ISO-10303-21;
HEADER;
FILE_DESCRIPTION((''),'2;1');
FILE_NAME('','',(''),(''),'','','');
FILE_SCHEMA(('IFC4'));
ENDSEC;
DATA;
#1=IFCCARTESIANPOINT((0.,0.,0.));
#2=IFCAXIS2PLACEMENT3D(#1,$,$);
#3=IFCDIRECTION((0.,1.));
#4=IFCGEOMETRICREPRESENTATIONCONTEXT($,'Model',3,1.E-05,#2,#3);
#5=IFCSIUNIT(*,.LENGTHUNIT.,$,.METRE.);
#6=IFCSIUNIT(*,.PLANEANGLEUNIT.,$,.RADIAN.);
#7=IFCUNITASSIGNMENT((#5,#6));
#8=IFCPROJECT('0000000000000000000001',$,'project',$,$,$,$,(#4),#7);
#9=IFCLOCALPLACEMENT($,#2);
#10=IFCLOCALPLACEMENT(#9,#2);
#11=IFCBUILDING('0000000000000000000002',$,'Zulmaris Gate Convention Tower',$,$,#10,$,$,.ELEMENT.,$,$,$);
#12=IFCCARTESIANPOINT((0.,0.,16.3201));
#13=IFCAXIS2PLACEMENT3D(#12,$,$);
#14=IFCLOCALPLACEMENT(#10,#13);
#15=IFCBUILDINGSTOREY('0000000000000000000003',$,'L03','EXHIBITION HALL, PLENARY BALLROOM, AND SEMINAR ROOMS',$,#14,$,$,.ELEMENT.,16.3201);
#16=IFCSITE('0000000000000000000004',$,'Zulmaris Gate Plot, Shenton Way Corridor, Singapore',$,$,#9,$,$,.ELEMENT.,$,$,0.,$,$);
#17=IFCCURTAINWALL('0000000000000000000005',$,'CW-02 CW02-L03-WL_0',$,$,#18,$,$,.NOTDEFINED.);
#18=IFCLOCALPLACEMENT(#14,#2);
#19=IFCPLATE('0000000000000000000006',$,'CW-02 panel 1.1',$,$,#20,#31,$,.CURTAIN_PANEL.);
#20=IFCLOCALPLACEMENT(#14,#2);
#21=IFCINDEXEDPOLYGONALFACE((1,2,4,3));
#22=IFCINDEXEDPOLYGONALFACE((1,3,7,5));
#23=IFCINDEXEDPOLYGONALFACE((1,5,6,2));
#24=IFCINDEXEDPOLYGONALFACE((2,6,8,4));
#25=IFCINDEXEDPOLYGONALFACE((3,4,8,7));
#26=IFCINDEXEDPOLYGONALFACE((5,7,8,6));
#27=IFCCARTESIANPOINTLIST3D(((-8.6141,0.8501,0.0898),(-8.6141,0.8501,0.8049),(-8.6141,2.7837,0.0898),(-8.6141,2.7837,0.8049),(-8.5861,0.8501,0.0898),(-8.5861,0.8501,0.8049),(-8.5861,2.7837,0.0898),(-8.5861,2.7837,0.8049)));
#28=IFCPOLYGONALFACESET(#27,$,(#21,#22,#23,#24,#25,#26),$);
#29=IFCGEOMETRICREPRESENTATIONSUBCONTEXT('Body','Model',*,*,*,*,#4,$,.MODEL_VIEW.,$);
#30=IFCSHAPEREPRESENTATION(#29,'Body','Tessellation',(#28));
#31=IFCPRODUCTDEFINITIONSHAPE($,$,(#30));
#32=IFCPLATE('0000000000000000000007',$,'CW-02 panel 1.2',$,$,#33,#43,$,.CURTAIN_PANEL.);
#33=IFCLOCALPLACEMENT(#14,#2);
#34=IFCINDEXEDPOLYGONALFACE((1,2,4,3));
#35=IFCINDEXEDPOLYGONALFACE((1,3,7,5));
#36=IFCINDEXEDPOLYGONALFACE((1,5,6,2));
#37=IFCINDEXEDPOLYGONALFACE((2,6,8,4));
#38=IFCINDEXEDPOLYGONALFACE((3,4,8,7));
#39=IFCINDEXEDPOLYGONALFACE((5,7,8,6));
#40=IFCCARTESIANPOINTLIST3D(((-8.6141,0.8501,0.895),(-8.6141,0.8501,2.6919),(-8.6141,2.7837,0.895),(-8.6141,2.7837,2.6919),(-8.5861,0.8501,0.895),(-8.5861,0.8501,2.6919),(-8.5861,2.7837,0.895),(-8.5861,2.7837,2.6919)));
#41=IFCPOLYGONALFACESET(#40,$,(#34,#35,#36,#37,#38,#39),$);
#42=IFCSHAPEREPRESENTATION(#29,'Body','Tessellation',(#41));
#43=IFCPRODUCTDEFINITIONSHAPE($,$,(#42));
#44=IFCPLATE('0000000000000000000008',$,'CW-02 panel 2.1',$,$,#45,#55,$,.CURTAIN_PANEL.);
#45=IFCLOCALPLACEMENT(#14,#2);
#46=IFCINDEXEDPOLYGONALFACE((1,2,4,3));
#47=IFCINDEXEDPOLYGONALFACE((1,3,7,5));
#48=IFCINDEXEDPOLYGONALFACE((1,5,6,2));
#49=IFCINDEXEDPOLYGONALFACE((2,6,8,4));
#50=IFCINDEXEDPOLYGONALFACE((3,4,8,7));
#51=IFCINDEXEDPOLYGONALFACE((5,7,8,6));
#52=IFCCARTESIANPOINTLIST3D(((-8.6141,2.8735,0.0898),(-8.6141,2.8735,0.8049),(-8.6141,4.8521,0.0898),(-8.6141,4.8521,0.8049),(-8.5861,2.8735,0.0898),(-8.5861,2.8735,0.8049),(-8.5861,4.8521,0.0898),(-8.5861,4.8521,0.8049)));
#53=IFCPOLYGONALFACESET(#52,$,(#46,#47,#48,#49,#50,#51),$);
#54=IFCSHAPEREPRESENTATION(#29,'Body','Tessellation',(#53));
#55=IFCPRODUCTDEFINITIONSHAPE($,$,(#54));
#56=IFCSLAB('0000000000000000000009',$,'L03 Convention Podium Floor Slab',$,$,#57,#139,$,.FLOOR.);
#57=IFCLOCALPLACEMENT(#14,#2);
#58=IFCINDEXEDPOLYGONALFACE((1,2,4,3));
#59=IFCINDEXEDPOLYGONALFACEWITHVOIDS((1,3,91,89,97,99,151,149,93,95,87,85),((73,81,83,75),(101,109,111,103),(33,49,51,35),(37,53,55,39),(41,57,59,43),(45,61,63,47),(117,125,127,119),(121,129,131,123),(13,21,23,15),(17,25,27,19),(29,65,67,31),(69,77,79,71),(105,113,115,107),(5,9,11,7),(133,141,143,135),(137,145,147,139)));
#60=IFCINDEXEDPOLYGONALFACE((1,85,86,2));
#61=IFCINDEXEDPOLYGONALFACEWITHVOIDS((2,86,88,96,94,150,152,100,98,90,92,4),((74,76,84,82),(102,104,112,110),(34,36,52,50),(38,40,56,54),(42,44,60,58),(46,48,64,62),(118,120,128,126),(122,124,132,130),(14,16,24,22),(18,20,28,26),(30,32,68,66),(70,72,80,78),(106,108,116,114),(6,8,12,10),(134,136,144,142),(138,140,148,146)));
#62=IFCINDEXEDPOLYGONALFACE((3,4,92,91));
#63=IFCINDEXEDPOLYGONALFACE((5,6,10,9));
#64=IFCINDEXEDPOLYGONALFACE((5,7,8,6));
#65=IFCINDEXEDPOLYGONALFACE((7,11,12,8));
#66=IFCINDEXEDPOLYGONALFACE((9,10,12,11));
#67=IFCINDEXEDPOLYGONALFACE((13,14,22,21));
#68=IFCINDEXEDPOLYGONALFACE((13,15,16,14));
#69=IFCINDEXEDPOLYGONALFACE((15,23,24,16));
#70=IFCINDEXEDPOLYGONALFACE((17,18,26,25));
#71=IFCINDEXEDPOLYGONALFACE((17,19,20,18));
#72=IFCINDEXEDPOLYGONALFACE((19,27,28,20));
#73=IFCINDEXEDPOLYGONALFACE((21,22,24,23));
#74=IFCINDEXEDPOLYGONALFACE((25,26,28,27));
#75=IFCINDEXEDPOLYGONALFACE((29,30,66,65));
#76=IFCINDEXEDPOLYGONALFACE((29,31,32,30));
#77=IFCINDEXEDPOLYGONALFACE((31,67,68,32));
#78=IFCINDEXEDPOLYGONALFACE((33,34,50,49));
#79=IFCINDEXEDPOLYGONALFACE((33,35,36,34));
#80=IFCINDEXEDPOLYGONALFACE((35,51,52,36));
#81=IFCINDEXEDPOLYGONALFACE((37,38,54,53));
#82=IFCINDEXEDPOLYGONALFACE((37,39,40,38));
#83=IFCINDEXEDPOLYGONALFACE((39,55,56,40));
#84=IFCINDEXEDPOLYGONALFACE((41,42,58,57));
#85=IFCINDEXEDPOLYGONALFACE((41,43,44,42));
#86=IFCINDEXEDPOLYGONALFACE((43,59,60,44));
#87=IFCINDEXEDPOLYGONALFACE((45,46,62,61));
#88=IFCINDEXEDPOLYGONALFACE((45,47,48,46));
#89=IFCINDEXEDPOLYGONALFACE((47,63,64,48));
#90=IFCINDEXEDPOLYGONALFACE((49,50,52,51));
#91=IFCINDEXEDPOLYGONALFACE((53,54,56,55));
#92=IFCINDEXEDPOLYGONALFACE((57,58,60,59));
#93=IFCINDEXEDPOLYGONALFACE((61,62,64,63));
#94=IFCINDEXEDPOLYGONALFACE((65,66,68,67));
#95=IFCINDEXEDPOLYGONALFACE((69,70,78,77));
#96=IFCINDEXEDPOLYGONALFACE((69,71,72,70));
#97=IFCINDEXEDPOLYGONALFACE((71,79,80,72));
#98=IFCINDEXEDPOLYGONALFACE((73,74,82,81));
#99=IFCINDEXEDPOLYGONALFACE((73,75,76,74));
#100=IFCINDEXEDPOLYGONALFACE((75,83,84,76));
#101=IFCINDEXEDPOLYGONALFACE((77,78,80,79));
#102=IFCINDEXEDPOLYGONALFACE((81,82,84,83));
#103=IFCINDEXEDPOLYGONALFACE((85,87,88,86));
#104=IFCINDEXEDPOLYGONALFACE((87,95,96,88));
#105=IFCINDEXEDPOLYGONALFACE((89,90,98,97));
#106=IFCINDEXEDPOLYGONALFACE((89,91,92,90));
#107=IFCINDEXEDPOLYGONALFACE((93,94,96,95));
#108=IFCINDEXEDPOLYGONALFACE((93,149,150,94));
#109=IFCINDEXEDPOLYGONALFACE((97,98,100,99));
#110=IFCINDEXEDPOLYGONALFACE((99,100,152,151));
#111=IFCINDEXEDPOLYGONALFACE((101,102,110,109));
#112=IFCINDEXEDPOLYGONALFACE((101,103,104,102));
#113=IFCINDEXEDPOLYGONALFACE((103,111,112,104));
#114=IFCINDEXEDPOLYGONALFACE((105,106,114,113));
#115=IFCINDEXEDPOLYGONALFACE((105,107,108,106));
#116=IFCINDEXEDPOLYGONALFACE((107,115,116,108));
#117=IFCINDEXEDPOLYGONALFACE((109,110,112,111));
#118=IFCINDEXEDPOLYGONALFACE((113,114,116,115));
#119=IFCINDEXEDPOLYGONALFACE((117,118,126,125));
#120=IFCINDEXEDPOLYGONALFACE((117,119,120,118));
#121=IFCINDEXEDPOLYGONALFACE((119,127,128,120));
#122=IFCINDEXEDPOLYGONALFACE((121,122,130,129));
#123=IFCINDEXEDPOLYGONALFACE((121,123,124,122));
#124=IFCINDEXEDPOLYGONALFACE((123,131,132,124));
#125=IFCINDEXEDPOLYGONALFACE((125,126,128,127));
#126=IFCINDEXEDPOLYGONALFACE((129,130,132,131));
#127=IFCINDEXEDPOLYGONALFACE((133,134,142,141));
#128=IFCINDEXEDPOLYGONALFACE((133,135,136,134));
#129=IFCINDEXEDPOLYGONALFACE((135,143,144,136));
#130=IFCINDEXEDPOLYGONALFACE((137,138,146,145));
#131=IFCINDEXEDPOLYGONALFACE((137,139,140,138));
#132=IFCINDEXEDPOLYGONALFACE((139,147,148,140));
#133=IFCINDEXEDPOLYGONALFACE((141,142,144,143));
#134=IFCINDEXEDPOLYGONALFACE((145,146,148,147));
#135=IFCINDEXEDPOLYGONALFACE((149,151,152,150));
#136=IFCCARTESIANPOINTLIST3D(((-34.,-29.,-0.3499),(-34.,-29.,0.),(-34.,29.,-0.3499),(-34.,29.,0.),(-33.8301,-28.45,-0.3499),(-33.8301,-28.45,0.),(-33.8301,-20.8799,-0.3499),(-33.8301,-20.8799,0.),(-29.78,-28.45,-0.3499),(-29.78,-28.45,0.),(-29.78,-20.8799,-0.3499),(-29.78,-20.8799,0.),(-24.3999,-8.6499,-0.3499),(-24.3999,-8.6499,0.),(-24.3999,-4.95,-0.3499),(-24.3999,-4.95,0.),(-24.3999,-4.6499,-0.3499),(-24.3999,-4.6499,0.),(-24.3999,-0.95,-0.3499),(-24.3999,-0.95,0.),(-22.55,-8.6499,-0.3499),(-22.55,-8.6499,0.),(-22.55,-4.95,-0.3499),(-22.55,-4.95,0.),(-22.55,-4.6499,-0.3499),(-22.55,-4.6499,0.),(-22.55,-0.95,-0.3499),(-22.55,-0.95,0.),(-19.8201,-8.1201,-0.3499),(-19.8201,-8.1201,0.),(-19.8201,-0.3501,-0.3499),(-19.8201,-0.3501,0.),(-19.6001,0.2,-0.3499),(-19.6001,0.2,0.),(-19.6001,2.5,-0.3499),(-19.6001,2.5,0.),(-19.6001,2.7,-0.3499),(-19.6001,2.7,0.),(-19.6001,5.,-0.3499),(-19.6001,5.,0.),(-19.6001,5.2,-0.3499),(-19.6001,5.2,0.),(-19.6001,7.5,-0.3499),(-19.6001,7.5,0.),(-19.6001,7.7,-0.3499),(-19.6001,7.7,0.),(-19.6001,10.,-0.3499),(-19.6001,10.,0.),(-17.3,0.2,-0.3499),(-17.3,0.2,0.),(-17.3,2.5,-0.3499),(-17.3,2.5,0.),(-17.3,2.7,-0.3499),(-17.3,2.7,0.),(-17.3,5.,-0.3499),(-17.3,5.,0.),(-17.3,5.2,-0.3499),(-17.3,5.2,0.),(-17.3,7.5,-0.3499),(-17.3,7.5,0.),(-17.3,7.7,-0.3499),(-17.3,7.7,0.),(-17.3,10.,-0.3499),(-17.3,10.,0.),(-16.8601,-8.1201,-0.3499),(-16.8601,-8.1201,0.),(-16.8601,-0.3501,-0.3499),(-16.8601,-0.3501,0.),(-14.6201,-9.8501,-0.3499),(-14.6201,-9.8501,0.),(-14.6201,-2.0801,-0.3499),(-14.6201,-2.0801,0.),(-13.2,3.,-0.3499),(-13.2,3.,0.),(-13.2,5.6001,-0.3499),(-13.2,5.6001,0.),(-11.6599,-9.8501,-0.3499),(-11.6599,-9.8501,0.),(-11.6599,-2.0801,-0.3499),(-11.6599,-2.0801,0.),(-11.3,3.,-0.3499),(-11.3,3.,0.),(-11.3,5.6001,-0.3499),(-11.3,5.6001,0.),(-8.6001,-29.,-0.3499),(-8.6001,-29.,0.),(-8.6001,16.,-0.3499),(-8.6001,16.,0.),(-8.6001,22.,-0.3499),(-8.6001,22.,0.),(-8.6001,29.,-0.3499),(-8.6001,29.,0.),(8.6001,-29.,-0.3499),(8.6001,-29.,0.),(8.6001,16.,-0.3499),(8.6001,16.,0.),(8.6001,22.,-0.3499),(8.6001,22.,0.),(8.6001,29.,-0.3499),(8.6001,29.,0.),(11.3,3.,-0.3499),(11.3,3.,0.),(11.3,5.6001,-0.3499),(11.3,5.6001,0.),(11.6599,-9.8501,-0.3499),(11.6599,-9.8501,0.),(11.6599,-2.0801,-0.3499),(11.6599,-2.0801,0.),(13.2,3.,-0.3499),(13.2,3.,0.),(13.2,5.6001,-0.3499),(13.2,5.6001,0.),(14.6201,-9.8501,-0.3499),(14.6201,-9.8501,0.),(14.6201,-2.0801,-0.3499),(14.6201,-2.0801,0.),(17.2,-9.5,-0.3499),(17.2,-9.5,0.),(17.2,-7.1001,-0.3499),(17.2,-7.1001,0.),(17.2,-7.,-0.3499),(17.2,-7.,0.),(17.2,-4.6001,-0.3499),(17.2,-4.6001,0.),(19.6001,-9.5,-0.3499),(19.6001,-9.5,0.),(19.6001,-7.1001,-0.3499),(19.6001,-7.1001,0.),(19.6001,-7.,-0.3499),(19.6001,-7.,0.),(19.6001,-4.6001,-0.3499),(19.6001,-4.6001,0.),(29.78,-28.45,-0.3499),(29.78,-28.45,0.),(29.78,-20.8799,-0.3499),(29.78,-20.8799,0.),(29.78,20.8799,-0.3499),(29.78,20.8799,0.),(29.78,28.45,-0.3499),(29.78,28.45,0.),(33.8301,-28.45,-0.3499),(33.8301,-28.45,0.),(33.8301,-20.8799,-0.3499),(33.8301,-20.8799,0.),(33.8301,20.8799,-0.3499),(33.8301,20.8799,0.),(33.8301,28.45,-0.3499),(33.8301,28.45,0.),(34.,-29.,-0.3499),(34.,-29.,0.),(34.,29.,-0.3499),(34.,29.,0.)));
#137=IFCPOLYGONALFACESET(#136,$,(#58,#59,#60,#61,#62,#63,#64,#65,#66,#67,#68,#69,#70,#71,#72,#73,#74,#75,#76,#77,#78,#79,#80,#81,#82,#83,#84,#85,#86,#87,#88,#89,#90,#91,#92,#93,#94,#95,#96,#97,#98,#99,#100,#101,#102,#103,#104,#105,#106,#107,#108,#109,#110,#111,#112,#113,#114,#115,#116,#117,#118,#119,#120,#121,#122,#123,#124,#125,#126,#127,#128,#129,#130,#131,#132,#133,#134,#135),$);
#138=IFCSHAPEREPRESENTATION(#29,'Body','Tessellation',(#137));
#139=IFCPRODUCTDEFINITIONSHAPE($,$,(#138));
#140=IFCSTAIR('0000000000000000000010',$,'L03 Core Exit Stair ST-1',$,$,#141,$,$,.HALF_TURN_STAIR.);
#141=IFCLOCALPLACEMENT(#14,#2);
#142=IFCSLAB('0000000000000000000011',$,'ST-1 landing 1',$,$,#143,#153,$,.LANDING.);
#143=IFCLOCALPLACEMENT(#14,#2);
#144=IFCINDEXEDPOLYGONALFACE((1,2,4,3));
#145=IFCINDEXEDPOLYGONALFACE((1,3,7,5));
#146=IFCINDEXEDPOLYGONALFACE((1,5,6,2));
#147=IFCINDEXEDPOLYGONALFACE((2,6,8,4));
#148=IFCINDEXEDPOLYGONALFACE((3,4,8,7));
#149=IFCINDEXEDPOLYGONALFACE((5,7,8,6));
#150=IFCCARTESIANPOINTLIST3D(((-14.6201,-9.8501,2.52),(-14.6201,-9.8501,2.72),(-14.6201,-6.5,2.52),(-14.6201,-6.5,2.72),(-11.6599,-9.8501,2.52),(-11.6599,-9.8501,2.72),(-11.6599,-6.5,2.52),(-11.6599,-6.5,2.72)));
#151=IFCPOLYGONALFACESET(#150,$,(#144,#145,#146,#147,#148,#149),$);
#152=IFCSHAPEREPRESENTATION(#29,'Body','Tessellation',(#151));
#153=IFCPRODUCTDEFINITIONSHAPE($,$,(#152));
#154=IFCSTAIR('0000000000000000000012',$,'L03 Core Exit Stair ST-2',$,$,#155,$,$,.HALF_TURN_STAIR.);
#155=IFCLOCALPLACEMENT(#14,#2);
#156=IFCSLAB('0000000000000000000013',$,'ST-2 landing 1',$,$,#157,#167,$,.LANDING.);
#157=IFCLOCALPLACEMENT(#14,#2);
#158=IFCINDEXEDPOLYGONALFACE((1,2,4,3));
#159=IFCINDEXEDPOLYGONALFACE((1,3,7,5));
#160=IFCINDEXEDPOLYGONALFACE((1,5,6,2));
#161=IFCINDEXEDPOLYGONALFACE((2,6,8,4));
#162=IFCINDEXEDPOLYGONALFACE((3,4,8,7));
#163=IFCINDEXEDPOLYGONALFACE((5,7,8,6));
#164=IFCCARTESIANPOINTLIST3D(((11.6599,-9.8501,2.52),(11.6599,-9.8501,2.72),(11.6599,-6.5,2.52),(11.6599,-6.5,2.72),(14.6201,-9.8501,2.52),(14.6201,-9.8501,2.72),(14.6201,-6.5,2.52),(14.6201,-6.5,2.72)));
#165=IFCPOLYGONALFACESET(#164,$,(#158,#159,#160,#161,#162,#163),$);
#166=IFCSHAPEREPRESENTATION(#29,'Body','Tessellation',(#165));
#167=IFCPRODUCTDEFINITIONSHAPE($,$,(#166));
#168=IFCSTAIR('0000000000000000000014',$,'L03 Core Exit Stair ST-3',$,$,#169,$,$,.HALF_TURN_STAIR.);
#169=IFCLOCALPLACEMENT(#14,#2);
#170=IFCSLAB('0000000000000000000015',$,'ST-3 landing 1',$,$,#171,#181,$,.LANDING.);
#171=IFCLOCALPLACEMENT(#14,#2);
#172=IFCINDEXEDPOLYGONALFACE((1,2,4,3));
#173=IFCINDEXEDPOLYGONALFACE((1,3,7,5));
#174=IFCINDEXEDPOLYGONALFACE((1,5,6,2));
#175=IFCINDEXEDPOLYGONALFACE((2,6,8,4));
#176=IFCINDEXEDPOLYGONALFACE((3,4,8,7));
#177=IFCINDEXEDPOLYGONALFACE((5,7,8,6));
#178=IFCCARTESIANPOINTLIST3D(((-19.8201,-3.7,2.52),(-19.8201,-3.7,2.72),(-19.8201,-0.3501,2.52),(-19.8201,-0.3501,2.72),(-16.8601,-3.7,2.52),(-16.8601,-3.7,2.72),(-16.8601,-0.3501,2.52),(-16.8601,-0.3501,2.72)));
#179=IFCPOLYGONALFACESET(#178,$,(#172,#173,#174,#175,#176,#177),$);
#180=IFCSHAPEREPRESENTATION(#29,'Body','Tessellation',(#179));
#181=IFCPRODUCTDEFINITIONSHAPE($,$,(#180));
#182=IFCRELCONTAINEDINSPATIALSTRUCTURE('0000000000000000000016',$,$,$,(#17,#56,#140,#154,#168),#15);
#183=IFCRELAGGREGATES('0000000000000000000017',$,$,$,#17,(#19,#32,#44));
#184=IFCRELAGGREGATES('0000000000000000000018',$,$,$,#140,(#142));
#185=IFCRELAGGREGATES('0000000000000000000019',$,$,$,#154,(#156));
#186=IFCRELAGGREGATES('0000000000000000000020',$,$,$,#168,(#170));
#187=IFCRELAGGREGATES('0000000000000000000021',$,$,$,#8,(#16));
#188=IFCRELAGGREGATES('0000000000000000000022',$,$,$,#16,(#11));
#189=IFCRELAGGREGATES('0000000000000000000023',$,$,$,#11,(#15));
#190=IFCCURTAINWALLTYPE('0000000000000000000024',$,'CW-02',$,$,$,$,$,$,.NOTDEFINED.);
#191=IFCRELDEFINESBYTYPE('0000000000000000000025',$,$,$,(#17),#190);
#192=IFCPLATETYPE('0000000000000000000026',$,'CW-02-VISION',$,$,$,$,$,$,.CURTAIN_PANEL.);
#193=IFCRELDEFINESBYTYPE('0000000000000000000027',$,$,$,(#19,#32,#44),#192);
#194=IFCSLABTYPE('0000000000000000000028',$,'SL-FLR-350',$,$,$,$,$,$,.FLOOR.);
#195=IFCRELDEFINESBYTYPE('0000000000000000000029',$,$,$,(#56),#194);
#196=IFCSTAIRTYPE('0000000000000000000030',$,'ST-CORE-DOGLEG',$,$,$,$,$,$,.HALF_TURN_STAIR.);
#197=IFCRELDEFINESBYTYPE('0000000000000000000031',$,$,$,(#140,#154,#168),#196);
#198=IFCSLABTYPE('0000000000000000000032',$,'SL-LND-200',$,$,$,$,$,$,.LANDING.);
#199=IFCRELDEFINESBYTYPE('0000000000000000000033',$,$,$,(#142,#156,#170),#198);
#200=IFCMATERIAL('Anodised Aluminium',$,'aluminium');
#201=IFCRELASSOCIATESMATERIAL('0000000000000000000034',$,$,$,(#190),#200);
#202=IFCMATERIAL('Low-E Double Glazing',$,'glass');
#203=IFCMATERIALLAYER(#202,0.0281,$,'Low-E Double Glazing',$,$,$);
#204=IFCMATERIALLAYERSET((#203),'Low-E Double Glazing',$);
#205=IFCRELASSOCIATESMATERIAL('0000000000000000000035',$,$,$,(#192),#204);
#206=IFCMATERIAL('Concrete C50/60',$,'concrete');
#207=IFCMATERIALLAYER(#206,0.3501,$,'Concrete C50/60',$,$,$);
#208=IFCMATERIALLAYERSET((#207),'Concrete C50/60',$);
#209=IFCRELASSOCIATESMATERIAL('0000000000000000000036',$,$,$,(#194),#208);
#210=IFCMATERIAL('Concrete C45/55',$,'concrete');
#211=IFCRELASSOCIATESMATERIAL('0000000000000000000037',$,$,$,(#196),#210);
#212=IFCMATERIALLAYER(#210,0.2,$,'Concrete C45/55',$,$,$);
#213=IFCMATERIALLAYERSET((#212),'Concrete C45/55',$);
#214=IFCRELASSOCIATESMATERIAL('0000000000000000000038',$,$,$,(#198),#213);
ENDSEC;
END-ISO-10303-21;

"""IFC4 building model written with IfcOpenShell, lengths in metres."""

from ifc_helpers import new_model, si_unit, direction, frame, origin, origin_2d, place, context, subcontext, project, spatial, polyline, rectangle, outline, extrude, material, layer, layer_set, type_object, element, aggregate, save


model = new_model("IFC4")

# Units and contexts
model_context = context("Model", 3, precision=1e-05, world=origin(), true_north=direction((0.0, 1.0)))
body_context = subcontext(model_context, "Body", "Model", "MODEL_VIEW")
ifc_project = project(units=[si_unit("LENGTHUNIT", "METRE"), si_unit("PLANEANGLEUNIT", "RADIAN")], contexts=[model_context])

# Site, building, storey
site_placement = place(None, origin())
site = spatial("IfcSite", under=ifc_project, at=site_placement, Name="Zulmaris Gate Plot, Shenton Way Corridor, Singapore", CompositionType="ELEMENT", RefElevation=0.0)
building_placement = place(site_placement, origin())
building = spatial("IfcBuilding", under=site, at=building_placement, Name="Zulmaris Gate Convention Tower", CompositionType="ELEMENT")
storey_placement = place(building_placement, frame((0.0, 0.0, 16.3201)))
storey = spatial("IfcBuildingStorey", under=building, at=storey_placement, Name="L03", Description="EXHIBITION HALL, PLENARY BALLROOM, AND SEMINAR ROOMS", CompositionType="ELEMENT", Elevation=16.3201)

# Curtain wall, plates
ifc_material_1 = material(Name="Anodised Aluminium", Category="aluminium")
curtain_wall_type = type_object("IfcCurtainWallType", Name="CW-02", PredefinedType="NOTDEFINED", material=ifc_material_1)
curtain_wall_placement = place(storey_placement, origin())
curtain_wall = element("IfcCurtainWall", 1, at=curtain_wall_placement, inside=storey, type_object=curtain_wall_type, Name="CW-02 CW02-L03-WL_0", PredefinedType="NOTDEFINED")
ifc_material_2 = material(Name="Low-E Double Glazing", Category="glass")
ifc_layer_1 = layer(ifc_material_2, 0.0281, Name="Low-E Double Glazing")
ifc_layer_set_1 = layer_set([ifc_layer_1], Name="Low-E Double Glazing")
plate_type = type_object("IfcPlateType", Name="CW-02-VISION", PredefinedType="CURTAIN_PANEL", material=ifc_layer_set_1)
plate_1_placement = place(storey_placement, frame((-8.6001, 1.8169, 0.0898), z_axis=(0.0, 0.0, 1.0), x_axis=(0.0, 1.0, 0.0)))
plate_1 = element("IfcPlate", 2, at=plate_1_placement, type_object=plate_type, Name="CW-02 panel 1.1", PredefinedType="CURTAIN_PANEL", context=body_context, shape_type="SweptSolid", body=[
    extrude(rectangle(XDim=1.9336, YDim=0.0281, at=origin_2d()), origin(), (0.0, 0.0, 1.0), 0.7151),
])
plate_2_placement = place(storey_placement, frame((-8.6001, 1.8169, 0.895), z_axis=(0.0, 0.0, 1.0), x_axis=(0.0, 1.0, 0.0)))
plate_2 = element("IfcPlate", 3, at=plate_2_placement, type_object=plate_type, Name="CW-02 panel 1.2", PredefinedType="CURTAIN_PANEL", context=body_context, shape_type="SweptSolid", body=[
    extrude(rectangle(XDim=1.9336, YDim=0.0281, at=origin_2d()), origin(), (0.0, 0.0, 1.0), 1.7969),
])
plate_3_placement = place(storey_placement, frame((-8.6001, 3.8628, 0.0898), z_axis=(0.0, 0.0, 1.0), x_axis=(0.0, 1.0, 0.0)))
plate_3 = element("IfcPlate", 4, at=plate_3_placement, type_object=plate_type, Name="CW-02 panel 2.1", PredefinedType="CURTAIN_PANEL", context=body_context, shape_type="SweptSolid", body=[
    extrude(rectangle(XDim=1.9785, YDim=0.0281, at=origin_2d()), origin(), (0.0, 0.0, 1.0), 0.7151),
])
aggregate(curtain_wall, [plate_1, plate_2, plate_3])

# Slab
ifc_material_3 = material(Name="Concrete C50/60", Category="concrete")
ifc_layer_2 = layer(ifc_material_3, 0.3501, Name="Concrete C50/60")
ifc_layer_set_2 = layer_set([ifc_layer_2], Name="Concrete C50/60")
slab_type_1 = type_object("IfcSlabType", Name="SL-FLR-350", PredefinedType="FLOOR", material=ifc_layer_set_2)
slab_1_placement = place(storey_placement, frame((0.0, 0.0, -0.3499)))
element("IfcSlab", 5, at=slab_1_placement, inside=storey, type_object=slab_type_1, Name="L03 Convention Podium Floor Slab", PredefinedType="FLOOR", context=body_context, shape_type="SweptSolid", body=[
    extrude(outline(polyline([(-34.0, -29.0), (-8.6001, -29.0), (-8.6001, 16.0), (8.6001, 16.0), (8.6001, -29.0), (34.0, -29.0), (34.0, 29.0), (8.6001, 29.0), (8.6001, 22.0), (-8.6001, 22.0), (-8.6001, 29.0), (-34.0, 29.0), (-34.0, -29.0)]), holes=[polyline([(-14.6201, -2.0801), (-14.6201, -9.8501), (-11.6599, -9.8501), (-11.6599, -2.0801), (-14.6201, -2.0801)]), polyline([(11.6599, -2.0801), (11.6599, -9.8501), (14.6201, -9.8501), (14.6201, -2.0801), (11.6599, -2.0801)]), polyline([(-16.8601, -8.1201), (-16.8601, -0.3501), (-19.8201, -0.3501), (-19.8201, -8.1201), (-16.8601, -8.1201)]), polyline([(-33.8301, -20.8799), (-33.8301, -28.45), (-29.78, -28.45), (-29.78, -20.8799), (-33.8301, -20.8799)]), polyline([(33.8301, 20.8799), (33.8301, 28.45), (29.78, 28.45), (29.78, 20.8799), (33.8301, 20.8799)]), polyline([(29.78, -20.8799), (29.78, -28.45), (33.8301, -28.45), (33.8301, -20.8799), (29.78, -20.8799)]), polyline([(-13.2, 3.0), (-11.3, 3.0), (-11.3, 5.6001), (-13.2, 5.6001), (-13.2, 3.0)]), polyline([(11.3, 3.0), (13.2, 3.0), (13.2, 5.6001), (11.3, 5.6001), (11.3, 3.0)]), polyline([(-19.6001, 0.2), (-17.3, 0.2), (-17.3, 2.5), (-19.6001, 2.5), (-19.6001, 0.2)]), polyline([(-19.6001, 2.7), (-17.3, 2.7), (-17.3, 5.0), (-19.6001, 5.0), (-19.6001, 2.7)]), polyline([(-19.6001, 5.2), (-17.3, 5.2), (-17.3, 7.5), (-19.6001, 7.5), (-19.6001, 5.2)]), polyline([(-19.6001, 7.7), (-17.3, 7.7), (-17.3, 10.0), (-19.6001, 10.0), (-19.6001, 7.7)]), polyline([(17.2, -9.5), (19.6001, -9.5), (19.6001, -7.1001), (17.2, -7.1001), (17.2, -9.5)]), polyline([(17.2, -7.0), (19.6001, -7.0), (19.6001, -4.6001), (17.2, -4.6001), (17.2, -7.0)]), polyline([(-24.3999, -8.6499), (-22.55, -8.6499), (-22.55, -4.95), (-24.3999, -4.95), (-24.3999, -8.6499)]), polyline([(-24.3999, -4.6499), (-22.55, -4.6499), (-22.55, -0.95), (-24.3999, -0.95), (-24.3999, -4.6499)])]), origin(), (0.0, 0.0, 1.0), 0.3499),
])

# Stairs, slabs
ifc_material_4 = material(Name="Concrete C45/55", Category="concrete")
stair_type = type_object("IfcStairType", Name="ST-CORE-DOGLEG", PredefinedType="HALF_TURN_STAIR", material=ifc_material_4)
stair_1_placement = place(storey_placement, origin())
stair_1 = element("IfcStair", 6, at=stair_1_placement, inside=storey, type_object=stair_type, Name="L03 Core Exit Stair ST-1", PredefinedType="HALF_TURN_STAIR")
ifc_layer_3 = layer(ifc_material_4, 0.2, Name="Concrete C45/55")
ifc_layer_set_3 = layer_set([ifc_layer_3], Name="Concrete C45/55")
slab_type_2 = type_object("IfcSlabType", Name="SL-LND-200", PredefinedType="LANDING", material=ifc_layer_set_3)
slab_2_placement = place(storey_placement, frame((0.0, 0.0, 2.52)))
slab_2 = element("IfcSlab", 7, at=slab_2_placement, type_object=slab_type_2, Name="ST-1 landing 1", PredefinedType="LANDING", context=body_context, shape_type="SweptSolid", body=[
    extrude(outline(polyline([(-14.6201, -6.5), (-14.6201, -9.8501), (-11.6599, -9.8501), (-11.6599, -6.5), (-14.6201, -6.5)])), origin(), (0.0, 0.0, 1.0), 0.2),
])
aggregate(stair_1, [slab_2])
stair_2_placement = place(storey_placement, origin())
stair_2 = element("IfcStair", 8, at=stair_2_placement, inside=storey, type_object=stair_type, Name="L03 Core Exit Stair ST-2", PredefinedType="HALF_TURN_STAIR")
slab_3_placement = place(storey_placement, frame((0.0, 0.0, 2.52)))
slab_3 = element("IfcSlab", 9, at=slab_3_placement, type_object=slab_type_2, Name="ST-2 landing 1", PredefinedType="LANDING", context=body_context, shape_type="SweptSolid", body=[
    extrude(outline(polyline([(11.6599, -6.5), (11.6599, -9.8501), (14.6201, -9.8501), (14.6201, -6.5), (11.6599, -6.5)])), origin(), (0.0, 0.0, 1.0), 0.2),
])
aggregate(stair_2, [slab_3])
stair_3_placement = place(storey_placement, origin())
stair_3 = element("IfcStair", 10, at=stair_3_placement, inside=storey, type_object=stair_type, Name="L03 Core Exit Stair ST-3", PredefinedType="HALF_TURN_STAIR")
slab_4_placement = place(storey_placement, frame((0.0, 0.0, 2.52)))
slab_4 = element("IfcSlab", 11, at=slab_4_placement, type_object=slab_type_2, Name="ST-3 landing 1", PredefinedType="LANDING", context=body_context, shape_type="SweptSolid", body=[
    extrude(outline(polyline([(-16.8601, -3.7), (-16.8601, -0.3501), (-19.8201, -0.3501), (-19.8201, -3.7), (-16.8601, -3.7)])), origin(), (0.0, 0.0, 1.0), 0.2),
])
aggregate(stair_3, [slab_4])

save(model, "model.ifc")
